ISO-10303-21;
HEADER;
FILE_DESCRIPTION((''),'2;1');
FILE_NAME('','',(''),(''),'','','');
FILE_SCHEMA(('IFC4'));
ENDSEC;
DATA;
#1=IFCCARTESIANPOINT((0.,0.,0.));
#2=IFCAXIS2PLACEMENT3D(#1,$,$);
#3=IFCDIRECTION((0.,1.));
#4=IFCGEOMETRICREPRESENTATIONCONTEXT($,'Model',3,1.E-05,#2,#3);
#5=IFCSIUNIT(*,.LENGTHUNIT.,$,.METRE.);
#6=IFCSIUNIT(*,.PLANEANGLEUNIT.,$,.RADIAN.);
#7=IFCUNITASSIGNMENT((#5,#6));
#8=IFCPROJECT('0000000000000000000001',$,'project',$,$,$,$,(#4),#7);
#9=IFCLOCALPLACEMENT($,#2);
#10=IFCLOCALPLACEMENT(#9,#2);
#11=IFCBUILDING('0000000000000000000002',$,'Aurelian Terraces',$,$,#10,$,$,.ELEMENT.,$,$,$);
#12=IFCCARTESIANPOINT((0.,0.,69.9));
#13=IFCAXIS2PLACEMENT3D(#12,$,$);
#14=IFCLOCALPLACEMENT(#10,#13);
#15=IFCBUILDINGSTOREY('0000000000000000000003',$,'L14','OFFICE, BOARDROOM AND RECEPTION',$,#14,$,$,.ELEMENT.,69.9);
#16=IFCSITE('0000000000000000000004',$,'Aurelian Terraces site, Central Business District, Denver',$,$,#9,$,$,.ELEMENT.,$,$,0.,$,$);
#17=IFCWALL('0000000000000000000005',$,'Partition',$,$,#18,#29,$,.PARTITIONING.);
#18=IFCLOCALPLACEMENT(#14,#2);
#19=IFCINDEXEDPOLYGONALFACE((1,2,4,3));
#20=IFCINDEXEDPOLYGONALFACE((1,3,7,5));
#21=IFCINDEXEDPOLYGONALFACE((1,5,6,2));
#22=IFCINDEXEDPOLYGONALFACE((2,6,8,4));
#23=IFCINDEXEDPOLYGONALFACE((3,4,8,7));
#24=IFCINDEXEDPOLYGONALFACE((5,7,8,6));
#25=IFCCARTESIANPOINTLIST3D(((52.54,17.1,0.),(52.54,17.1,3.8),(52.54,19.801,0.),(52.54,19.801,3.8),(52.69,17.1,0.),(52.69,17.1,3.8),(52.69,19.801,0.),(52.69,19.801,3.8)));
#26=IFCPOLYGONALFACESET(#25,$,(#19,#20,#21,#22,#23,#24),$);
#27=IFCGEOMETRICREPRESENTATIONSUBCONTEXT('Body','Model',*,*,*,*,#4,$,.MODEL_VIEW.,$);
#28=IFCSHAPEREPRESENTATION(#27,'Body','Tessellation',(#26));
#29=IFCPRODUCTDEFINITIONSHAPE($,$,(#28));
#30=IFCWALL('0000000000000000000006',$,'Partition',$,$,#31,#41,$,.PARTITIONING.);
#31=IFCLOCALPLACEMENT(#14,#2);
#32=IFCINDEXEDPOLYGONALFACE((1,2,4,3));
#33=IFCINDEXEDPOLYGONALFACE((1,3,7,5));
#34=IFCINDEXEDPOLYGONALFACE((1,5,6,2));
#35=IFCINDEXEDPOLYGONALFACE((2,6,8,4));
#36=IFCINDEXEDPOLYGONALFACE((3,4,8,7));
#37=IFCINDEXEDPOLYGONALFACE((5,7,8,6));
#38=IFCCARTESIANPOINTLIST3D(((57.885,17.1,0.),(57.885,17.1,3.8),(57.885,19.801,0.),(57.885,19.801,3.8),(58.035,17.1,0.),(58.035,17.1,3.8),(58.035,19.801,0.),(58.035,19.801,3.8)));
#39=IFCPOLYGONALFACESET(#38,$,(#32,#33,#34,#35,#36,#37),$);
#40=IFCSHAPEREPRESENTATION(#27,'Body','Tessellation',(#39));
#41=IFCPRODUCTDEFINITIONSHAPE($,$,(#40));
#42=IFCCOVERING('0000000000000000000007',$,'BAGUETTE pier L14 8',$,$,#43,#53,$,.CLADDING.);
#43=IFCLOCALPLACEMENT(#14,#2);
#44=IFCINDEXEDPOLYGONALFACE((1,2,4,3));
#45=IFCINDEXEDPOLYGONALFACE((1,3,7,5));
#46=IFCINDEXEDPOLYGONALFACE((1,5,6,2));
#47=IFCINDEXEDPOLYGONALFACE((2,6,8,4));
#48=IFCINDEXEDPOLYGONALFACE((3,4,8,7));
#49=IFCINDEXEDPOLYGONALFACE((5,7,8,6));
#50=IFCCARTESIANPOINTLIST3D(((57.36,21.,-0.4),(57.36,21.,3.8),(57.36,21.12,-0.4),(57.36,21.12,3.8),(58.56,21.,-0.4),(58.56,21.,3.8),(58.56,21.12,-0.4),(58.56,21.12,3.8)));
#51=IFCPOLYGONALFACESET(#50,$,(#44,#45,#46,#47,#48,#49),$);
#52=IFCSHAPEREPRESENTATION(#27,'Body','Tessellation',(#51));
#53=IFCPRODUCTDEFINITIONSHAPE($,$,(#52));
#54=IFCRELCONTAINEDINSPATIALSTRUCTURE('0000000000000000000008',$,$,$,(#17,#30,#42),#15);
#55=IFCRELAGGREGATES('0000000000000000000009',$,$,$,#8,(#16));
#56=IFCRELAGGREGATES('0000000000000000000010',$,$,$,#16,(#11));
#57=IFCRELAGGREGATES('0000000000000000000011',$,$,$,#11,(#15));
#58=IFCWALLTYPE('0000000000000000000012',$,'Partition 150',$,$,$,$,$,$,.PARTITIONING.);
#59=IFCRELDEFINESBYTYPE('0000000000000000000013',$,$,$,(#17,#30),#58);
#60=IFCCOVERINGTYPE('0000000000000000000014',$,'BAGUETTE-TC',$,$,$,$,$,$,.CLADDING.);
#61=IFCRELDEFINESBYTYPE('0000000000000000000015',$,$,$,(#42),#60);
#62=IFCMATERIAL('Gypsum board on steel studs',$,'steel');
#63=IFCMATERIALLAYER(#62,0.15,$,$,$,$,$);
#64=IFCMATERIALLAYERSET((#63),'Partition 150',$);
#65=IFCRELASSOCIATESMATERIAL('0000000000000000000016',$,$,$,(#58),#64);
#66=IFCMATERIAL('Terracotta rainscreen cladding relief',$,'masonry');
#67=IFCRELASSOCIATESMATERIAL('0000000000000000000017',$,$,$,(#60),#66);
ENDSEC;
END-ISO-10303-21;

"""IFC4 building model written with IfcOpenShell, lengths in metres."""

from ifc_helpers import new_model, si_unit, direction, frame, frame_2d, origin, origin_2d, place, context, subcontext, project, spatial, rectangle, extrude, source, transform, mapped, material, layer, layer_set, type_object, element, save


model = new_model("IFC4")

# Units and contexts
model_context = context("Model", 3, precision=1e-05, world=origin(), true_north=direction((0.0, 1.0)))
body_context = subcontext(model_context, "Body", "Model", "MODEL_VIEW")
ifc_project = project(units=[si_unit("LENGTHUNIT", "METRE"), si_unit("PLANEANGLEUNIT", "RADIAN")], contexts=[model_context])

# Site, building, storey
site_placement = place(None, origin())
site = spatial("IfcSite", under=ifc_project, at=site_placement, Name="Aurelian Terraces site, Central Business District, Denver", CompositionType="ELEMENT", RefElevation=0.0)
building_placement = place(site_placement, origin())
building = spatial("IfcBuilding", under=site, at=building_placement, Name="Aurelian Terraces", CompositionType="ELEMENT")
storey_placement = place(building_placement, frame((0.0, 0.0, 69.9)))
storey = spatial("IfcBuildingStorey", under=building, at=storey_placement, Name="L14", Description="OFFICE, BOARDROOM AND RECEPTION", CompositionType="ELEMENT", Elevation=69.9)

# Walls
ifc_material_1 = material(Name="Gypsum board on steel studs", Category="steel")
ifc_layer_1 = layer(ifc_material_1, 0.15)
ifc_layer_set_1 = layer_set([ifc_layer_1], Name="Partition 150")
wall_type_1 = type_object("IfcWallType", Name="Partition 150", PredefinedType="PARTITIONING", material=ifc_layer_set_1)
shared_shape_1 = source(origin(), body_context, "Body", "SweptSolid", [
    extrude(rectangle(XDim=2.701, YDim=0.15, at=frame_2d((1.3505, 0.0))), origin(), (0.0, 0.0, 1.0), 3.8),
])
for number, where, z_axis, x_axis, name in (
    (1, (52.615, 19.801, 0.0), (0.0, 0.0, 1.0), (0.0, -1.0, 0.0), "Partition"),
    (2, (57.96, 17.1, 0.0), (0.0, 0.0, 1.0), (0.0, 1.0, 0.0), "Partition"),
):
    element("IfcWall", number, at=place(storey_placement, frame(where, z_axis=z_axis, x_axis=x_axis)), inside=storey, type_object=wall_type_1, Name=name, PredefinedType="PARTITIONING", context=body_context, shape_type="MappedRepresentation", body=[
        mapped(shared_shape_1, transform((0.0, 0.0, 0.0), scale=1.0)),
    ])

# Covering
ifc_material_2 = material(Name="Terracotta rainscreen cladding relief", Category="masonry")
covering_type = type_object("IfcCoveringType", Name="BAGUETTE-TC", PredefinedType="CLADDING", material=ifc_material_2)
shared_shape_2 = source(origin(), body_context, "Body", "SweptSolid", [
    extrude(rectangle(XDim=1.2, YDim=0.12, at=origin_2d()), origin(), (0.0, 0.0, 1.0), 4.2),
])
covering_placement = place(storey_placement, frame((57.96, 21.06, -0.4), z_axis=(0.0, 0.0, 1.0), x_axis=(1.0, 0.0, 0.0)))
element("IfcCovering", 3, at=covering_placement, inside=storey, type_object=covering_type, Name="BAGUETTE pier L14 8", PredefinedType="CLADDING", context=body_context, shape_type="MappedRepresentation", body=[
    mapped(shared_shape_2, transform((0.0, 0.0, 0.0), scale=1.0)),
])

save(model, "model.ifc")
